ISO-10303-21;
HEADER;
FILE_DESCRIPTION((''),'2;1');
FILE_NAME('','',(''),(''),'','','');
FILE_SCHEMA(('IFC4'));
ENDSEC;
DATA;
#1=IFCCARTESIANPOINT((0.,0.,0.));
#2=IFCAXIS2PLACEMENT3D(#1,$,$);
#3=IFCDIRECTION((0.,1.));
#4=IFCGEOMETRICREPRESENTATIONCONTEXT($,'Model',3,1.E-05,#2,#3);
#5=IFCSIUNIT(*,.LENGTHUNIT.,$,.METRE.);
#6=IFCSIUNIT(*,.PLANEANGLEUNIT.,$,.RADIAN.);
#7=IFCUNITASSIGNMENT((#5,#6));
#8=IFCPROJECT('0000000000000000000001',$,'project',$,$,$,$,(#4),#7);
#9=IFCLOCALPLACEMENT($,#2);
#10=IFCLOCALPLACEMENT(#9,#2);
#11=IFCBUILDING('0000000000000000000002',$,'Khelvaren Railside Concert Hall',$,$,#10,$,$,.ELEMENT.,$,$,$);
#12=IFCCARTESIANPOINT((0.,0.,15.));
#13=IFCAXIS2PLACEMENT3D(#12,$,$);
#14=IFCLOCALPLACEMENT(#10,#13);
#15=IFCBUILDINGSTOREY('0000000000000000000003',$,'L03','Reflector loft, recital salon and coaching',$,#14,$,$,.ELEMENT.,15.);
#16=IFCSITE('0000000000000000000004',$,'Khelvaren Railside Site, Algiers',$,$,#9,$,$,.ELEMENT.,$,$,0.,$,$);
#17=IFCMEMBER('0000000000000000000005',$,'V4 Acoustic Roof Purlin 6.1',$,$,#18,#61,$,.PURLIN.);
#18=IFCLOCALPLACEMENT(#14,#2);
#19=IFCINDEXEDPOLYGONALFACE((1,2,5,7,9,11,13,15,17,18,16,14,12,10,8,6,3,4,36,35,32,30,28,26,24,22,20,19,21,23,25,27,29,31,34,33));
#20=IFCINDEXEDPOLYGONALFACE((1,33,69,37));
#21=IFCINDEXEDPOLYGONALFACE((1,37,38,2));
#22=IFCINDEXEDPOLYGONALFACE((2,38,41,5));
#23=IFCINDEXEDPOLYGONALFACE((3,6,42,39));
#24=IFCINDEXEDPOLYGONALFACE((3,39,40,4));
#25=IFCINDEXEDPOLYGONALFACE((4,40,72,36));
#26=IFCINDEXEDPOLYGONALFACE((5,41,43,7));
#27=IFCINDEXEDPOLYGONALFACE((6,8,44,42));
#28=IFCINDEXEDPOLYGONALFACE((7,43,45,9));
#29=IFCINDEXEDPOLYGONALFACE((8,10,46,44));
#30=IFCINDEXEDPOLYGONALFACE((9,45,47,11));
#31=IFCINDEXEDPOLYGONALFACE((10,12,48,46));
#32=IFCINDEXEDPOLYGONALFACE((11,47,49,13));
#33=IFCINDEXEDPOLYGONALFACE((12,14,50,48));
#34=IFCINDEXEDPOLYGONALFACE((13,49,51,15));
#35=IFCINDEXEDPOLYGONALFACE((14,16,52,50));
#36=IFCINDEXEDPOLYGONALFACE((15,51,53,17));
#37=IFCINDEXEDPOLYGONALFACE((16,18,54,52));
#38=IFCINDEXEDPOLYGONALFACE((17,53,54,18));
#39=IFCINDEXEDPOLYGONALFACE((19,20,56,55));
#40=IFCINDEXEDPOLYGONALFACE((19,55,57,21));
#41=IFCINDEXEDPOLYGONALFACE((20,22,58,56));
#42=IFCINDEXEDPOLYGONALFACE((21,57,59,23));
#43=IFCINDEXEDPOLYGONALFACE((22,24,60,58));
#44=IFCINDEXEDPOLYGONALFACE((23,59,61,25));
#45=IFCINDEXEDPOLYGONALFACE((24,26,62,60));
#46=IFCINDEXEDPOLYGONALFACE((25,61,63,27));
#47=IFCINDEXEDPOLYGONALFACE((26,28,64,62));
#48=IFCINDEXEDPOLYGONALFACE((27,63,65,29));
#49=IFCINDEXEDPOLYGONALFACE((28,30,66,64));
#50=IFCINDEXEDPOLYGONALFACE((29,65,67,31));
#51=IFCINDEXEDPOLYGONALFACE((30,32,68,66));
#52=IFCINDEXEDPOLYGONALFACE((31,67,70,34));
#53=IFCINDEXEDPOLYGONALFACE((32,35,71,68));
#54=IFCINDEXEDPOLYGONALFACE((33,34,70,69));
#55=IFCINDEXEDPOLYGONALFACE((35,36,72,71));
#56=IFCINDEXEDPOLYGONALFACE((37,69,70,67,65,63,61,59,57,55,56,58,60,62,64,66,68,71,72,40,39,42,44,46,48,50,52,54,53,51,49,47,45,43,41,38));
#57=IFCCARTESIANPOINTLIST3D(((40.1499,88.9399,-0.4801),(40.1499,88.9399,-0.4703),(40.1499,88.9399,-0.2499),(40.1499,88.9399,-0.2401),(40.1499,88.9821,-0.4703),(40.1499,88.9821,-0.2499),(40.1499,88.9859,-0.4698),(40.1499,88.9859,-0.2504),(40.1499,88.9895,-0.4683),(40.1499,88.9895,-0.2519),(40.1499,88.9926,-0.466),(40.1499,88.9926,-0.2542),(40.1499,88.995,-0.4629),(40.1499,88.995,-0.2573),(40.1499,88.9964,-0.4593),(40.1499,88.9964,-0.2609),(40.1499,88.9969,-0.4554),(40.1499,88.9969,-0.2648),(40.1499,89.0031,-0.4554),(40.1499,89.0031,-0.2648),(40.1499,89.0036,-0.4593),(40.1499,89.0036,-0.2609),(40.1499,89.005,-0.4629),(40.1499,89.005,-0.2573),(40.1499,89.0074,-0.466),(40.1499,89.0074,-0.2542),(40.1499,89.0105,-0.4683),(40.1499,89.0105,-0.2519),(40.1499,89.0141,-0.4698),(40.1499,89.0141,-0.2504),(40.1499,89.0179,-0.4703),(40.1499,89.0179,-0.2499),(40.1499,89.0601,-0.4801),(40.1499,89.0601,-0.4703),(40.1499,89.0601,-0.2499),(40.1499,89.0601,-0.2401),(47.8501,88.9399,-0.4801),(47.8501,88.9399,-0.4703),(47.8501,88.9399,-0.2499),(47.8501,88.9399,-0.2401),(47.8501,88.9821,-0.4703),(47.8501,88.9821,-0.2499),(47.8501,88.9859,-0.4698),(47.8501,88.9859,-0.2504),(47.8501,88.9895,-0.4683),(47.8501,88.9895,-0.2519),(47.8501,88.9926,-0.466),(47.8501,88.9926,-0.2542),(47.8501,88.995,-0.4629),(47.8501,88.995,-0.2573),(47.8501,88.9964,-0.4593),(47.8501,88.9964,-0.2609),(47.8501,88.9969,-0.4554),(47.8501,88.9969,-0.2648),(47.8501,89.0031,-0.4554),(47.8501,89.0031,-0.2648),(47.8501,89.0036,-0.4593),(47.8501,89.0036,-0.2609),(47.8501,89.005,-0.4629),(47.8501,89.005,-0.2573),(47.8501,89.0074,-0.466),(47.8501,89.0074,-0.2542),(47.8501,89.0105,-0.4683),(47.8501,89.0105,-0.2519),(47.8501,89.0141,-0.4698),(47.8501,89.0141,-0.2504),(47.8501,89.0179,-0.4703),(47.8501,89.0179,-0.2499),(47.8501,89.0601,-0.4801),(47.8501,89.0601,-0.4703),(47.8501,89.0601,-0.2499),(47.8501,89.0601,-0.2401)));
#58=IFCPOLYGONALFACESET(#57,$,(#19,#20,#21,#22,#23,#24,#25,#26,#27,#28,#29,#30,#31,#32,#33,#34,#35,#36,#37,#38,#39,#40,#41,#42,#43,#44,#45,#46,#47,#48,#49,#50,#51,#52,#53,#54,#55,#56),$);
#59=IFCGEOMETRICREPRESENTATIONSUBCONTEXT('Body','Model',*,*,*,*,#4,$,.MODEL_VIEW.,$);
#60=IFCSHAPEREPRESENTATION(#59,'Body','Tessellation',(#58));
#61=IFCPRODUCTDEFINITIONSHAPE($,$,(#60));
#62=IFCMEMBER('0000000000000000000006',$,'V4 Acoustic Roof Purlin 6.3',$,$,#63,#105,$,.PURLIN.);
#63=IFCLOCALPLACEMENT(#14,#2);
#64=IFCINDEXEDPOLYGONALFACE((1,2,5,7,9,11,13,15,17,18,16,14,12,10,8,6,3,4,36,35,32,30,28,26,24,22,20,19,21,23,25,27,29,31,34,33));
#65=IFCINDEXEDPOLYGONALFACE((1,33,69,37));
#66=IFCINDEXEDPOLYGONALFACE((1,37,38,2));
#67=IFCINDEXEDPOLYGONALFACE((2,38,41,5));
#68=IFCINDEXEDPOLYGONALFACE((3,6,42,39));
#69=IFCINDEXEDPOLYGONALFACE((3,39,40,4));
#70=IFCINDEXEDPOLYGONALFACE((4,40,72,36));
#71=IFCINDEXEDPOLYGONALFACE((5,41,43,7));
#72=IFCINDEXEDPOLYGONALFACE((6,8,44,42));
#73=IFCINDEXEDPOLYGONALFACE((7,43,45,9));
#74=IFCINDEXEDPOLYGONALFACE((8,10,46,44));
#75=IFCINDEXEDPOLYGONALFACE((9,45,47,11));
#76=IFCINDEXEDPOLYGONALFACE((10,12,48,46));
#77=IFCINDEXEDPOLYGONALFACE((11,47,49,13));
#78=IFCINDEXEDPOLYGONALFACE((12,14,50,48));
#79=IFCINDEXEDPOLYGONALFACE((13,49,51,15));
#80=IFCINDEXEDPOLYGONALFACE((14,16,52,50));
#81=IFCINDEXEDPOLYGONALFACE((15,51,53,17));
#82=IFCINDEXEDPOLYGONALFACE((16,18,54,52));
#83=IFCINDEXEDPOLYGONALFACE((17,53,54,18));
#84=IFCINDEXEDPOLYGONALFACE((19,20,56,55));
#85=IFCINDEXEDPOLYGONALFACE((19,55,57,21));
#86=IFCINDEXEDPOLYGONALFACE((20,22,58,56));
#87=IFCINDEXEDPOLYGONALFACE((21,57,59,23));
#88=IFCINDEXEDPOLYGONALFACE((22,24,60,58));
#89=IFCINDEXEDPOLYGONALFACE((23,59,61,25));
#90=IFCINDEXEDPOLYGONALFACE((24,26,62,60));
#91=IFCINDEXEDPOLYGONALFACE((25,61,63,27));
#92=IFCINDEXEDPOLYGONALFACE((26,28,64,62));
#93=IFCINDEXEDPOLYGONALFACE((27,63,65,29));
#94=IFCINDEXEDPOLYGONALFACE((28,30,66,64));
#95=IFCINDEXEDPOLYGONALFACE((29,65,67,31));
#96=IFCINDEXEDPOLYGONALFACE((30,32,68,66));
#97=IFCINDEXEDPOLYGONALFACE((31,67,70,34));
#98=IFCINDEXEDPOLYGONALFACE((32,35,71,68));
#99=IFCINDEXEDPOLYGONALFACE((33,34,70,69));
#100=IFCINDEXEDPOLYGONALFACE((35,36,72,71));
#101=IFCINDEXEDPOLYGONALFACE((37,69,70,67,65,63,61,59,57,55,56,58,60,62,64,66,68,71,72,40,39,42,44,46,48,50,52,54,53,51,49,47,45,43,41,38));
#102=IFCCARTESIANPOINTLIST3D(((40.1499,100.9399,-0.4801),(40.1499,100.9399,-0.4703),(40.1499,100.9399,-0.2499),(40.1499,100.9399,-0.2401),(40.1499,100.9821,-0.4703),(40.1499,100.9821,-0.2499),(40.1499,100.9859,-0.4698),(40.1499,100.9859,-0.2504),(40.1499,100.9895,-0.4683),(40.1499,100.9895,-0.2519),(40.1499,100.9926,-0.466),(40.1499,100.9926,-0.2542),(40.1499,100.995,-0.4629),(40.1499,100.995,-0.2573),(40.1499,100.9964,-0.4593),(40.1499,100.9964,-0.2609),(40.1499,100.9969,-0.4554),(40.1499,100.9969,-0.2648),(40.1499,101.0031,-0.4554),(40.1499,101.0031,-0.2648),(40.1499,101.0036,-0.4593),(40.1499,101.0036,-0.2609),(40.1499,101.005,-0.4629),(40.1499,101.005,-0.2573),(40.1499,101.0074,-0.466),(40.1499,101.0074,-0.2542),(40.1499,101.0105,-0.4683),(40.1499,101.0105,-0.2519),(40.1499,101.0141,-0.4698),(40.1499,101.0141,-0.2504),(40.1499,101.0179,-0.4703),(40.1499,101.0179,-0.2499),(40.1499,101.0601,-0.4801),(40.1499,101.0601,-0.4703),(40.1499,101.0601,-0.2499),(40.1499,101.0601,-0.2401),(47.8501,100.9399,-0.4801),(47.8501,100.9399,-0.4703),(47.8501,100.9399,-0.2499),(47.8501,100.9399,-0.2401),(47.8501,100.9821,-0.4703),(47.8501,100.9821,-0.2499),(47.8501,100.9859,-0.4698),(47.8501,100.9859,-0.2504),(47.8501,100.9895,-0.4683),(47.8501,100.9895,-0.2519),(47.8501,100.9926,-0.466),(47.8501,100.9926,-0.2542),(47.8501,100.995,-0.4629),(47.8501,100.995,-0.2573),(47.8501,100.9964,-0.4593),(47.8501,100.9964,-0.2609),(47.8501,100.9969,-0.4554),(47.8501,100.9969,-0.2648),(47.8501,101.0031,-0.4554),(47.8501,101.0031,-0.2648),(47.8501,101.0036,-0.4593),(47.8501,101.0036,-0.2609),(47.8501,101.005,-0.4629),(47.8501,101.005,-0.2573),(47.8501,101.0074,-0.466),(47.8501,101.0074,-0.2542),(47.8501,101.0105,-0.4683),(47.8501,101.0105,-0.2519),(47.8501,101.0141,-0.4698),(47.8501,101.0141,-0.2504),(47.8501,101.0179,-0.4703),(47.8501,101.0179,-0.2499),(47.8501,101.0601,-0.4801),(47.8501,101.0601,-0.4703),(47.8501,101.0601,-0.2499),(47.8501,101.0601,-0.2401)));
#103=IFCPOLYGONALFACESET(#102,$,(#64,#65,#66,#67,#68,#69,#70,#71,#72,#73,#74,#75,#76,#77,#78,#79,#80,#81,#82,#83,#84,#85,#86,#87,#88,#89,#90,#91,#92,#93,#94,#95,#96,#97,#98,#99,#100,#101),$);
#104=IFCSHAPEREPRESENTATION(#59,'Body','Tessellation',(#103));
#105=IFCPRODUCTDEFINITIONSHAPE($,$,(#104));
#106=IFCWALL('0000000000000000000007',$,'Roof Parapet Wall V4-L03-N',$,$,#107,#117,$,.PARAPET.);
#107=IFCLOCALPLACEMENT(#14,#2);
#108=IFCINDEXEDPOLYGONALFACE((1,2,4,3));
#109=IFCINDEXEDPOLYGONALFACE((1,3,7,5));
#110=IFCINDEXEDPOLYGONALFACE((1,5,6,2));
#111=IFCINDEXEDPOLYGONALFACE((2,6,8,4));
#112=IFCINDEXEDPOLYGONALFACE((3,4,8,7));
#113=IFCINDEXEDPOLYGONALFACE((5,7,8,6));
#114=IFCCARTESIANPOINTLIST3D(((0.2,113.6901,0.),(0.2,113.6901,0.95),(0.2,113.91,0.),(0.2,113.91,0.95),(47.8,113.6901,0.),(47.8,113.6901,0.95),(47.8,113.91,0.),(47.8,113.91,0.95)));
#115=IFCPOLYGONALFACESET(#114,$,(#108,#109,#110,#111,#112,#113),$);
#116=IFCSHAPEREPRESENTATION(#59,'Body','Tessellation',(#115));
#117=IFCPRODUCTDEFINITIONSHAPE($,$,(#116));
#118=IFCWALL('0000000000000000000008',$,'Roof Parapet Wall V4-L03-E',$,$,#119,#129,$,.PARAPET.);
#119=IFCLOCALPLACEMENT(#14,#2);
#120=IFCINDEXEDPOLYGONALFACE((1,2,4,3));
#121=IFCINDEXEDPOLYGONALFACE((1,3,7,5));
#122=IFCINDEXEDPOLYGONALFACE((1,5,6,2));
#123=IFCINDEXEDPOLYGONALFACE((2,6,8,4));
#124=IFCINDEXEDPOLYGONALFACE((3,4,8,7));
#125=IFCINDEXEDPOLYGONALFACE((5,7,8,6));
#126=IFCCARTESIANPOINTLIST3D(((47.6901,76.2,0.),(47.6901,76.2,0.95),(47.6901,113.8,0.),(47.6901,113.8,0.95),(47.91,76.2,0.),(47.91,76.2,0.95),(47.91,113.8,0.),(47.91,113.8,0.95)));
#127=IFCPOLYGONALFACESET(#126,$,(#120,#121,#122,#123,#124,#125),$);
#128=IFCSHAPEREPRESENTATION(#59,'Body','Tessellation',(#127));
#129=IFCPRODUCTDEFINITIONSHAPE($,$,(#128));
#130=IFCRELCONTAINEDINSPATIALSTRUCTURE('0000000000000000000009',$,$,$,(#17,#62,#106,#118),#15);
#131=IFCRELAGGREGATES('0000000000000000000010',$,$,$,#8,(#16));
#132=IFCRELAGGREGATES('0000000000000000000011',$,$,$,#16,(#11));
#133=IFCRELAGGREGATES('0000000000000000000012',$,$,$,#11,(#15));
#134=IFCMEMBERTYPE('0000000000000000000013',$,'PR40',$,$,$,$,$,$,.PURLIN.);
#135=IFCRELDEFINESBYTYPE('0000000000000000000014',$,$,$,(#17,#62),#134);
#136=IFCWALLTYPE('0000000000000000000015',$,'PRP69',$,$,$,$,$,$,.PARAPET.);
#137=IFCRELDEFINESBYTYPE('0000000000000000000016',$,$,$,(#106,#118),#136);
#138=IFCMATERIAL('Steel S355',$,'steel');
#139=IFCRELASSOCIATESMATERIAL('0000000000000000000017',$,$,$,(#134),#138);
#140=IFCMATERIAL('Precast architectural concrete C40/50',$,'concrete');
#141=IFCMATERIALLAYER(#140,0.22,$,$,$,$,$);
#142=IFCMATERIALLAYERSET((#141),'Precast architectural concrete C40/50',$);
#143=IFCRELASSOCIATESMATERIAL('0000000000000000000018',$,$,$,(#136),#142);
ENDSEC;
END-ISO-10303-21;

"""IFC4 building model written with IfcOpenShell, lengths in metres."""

from ifc_helpers import new_model, si_unit, direction, frame, frame_2d, origin, origin_2d, place, context, subcontext, project, spatial, rectangle, i_section, extrude, material, layer, layer_set, material_profile, profile_set, type_object, element, save


model = new_model("IFC4")

# Units and contexts
model_context = context("Model", 3, precision=1e-05, world=origin(), true_north=direction((0.0, 1.0)))
body_context = subcontext(model_context, "Body", "Model", "MODEL_VIEW")
ifc_project = project(units=[si_unit("LENGTHUNIT", "METRE"), si_unit("PLANEANGLEUNIT", "RADIAN")], contexts=[model_context])

# Site, building, storey
site_placement = place(None, origin())
site = spatial("IfcSite", under=ifc_project, at=site_placement, Name="Khelvaren Railside Site, Algiers", CompositionType="ELEMENT", RefElevation=0.0)
building_placement = place(site_placement, origin())
building = spatial("IfcBuilding", under=site, at=building_placement, Name="Khelvaren Railside Concert Hall", CompositionType="ELEMENT")
storey_placement = place(building_placement, frame((0.0, 0.0, 15.0)))
storey = spatial("IfcBuildingStorey", under=building, at=storey_placement, Name="L03", Description="Reflector loft, recital salon and coaching", CompositionType="ELEMENT", Elevation=15.0)

# Shared definitions
ifc_material_1 = material(Name="Steel S355", Category="steel")

# Members
ifc_material_profile_1 = material_profile(ifc_material_1, i_section(OverallWidth=0.1201, OverallDepth=0.24, WebThickness=0.0061, FlangeThickness=0.0098, FilletRadius=0.0149, at=origin_2d()), Name="IPE 240")
ifc_profile_set_1 = profile_set([ifc_material_profile_1], Name="Steel S355")
member_type_1 = type_object("IfcMemberType", Name="PR40", PredefinedType="PURLIN", material=ifc_profile_set_1)
for number, where, z_axis, x_axis, name in (
    (1, (40.1499, 89.0, -0.3601), (1.0, 0.0, 0.0), (0.0, 1.0, 0.0), "V4 Acoustic Roof Purlin 6.1"),
    (2, (40.1499, 101.0, -0.3601), (1.0, 0.0, 0.0), (0.0, 1.0, 0.0), "V4 Acoustic Roof Purlin 6.3"),
):
    element("IfcMember", number, at=place(storey_placement, frame(where, z_axis=z_axis, x_axis=x_axis)), inside=storey, type_object=member_type_1, Name=name, PredefinedType="PURLIN", context=body_context, shape_type="SweptSolid", body=[
        extrude(i_section(OverallWidth=0.1201, OverallDepth=0.24, WebThickness=0.0061, FlangeThickness=0.0098, FilletRadius=0.0149, at=origin_2d()), origin(), (0.0, 0.0, 1.0), 7.7002),
    ])

# Walls
ifc_material_2 = material(Name="Precast architectural concrete C40/50", Category="concrete")
ifc_layer = layer(ifc_material_2, 0.22)
ifc_layer_set = layer_set([ifc_layer], Name="Precast architectural concrete C40/50")
wall_type = type_object("IfcWallType", Name="PRP69", PredefinedType="PARAPET", material=ifc_layer_set)
wall_1_placement = place(storey_placement, frame((47.8, 113.8, 0.0), z_axis=(0.0, 0.0, 1.0), x_axis=(-1.0, 0.0, 0.0)))
element("IfcWall", 3, at=wall_1_placement, inside=storey, type_object=wall_type, Name="Roof Parapet Wall V4-L03-N", PredefinedType="PARAPET", context=body_context, shape_type="SweptSolid", body=[
    extrude(rectangle(XDim=47.6001, YDim=0.22, at=frame_2d((23.8, 0.0))), origin(), (0.0, 0.0, 1.0), 0.95),
])
wall_2_placement = place(storey_placement, frame((47.8, 76.2, 0.0), z_axis=(0.0, 0.0, 1.0), x_axis=(0.0, 1.0, 0.0)))
element("IfcWall", 4, at=wall_2_placement, inside=storey, type_object=wall_type, Name="Roof Parapet Wall V4-L03-E", PredefinedType="PARAPET", context=body_context, shape_type="SweptSolid", body=[
    extrude(rectangle(XDim=37.6001, YDim=0.22, at=frame_2d((18.8, 0.0))), origin(), (0.0, 0.0, 1.0), 0.95),
])

save(model, "model.ifc")
